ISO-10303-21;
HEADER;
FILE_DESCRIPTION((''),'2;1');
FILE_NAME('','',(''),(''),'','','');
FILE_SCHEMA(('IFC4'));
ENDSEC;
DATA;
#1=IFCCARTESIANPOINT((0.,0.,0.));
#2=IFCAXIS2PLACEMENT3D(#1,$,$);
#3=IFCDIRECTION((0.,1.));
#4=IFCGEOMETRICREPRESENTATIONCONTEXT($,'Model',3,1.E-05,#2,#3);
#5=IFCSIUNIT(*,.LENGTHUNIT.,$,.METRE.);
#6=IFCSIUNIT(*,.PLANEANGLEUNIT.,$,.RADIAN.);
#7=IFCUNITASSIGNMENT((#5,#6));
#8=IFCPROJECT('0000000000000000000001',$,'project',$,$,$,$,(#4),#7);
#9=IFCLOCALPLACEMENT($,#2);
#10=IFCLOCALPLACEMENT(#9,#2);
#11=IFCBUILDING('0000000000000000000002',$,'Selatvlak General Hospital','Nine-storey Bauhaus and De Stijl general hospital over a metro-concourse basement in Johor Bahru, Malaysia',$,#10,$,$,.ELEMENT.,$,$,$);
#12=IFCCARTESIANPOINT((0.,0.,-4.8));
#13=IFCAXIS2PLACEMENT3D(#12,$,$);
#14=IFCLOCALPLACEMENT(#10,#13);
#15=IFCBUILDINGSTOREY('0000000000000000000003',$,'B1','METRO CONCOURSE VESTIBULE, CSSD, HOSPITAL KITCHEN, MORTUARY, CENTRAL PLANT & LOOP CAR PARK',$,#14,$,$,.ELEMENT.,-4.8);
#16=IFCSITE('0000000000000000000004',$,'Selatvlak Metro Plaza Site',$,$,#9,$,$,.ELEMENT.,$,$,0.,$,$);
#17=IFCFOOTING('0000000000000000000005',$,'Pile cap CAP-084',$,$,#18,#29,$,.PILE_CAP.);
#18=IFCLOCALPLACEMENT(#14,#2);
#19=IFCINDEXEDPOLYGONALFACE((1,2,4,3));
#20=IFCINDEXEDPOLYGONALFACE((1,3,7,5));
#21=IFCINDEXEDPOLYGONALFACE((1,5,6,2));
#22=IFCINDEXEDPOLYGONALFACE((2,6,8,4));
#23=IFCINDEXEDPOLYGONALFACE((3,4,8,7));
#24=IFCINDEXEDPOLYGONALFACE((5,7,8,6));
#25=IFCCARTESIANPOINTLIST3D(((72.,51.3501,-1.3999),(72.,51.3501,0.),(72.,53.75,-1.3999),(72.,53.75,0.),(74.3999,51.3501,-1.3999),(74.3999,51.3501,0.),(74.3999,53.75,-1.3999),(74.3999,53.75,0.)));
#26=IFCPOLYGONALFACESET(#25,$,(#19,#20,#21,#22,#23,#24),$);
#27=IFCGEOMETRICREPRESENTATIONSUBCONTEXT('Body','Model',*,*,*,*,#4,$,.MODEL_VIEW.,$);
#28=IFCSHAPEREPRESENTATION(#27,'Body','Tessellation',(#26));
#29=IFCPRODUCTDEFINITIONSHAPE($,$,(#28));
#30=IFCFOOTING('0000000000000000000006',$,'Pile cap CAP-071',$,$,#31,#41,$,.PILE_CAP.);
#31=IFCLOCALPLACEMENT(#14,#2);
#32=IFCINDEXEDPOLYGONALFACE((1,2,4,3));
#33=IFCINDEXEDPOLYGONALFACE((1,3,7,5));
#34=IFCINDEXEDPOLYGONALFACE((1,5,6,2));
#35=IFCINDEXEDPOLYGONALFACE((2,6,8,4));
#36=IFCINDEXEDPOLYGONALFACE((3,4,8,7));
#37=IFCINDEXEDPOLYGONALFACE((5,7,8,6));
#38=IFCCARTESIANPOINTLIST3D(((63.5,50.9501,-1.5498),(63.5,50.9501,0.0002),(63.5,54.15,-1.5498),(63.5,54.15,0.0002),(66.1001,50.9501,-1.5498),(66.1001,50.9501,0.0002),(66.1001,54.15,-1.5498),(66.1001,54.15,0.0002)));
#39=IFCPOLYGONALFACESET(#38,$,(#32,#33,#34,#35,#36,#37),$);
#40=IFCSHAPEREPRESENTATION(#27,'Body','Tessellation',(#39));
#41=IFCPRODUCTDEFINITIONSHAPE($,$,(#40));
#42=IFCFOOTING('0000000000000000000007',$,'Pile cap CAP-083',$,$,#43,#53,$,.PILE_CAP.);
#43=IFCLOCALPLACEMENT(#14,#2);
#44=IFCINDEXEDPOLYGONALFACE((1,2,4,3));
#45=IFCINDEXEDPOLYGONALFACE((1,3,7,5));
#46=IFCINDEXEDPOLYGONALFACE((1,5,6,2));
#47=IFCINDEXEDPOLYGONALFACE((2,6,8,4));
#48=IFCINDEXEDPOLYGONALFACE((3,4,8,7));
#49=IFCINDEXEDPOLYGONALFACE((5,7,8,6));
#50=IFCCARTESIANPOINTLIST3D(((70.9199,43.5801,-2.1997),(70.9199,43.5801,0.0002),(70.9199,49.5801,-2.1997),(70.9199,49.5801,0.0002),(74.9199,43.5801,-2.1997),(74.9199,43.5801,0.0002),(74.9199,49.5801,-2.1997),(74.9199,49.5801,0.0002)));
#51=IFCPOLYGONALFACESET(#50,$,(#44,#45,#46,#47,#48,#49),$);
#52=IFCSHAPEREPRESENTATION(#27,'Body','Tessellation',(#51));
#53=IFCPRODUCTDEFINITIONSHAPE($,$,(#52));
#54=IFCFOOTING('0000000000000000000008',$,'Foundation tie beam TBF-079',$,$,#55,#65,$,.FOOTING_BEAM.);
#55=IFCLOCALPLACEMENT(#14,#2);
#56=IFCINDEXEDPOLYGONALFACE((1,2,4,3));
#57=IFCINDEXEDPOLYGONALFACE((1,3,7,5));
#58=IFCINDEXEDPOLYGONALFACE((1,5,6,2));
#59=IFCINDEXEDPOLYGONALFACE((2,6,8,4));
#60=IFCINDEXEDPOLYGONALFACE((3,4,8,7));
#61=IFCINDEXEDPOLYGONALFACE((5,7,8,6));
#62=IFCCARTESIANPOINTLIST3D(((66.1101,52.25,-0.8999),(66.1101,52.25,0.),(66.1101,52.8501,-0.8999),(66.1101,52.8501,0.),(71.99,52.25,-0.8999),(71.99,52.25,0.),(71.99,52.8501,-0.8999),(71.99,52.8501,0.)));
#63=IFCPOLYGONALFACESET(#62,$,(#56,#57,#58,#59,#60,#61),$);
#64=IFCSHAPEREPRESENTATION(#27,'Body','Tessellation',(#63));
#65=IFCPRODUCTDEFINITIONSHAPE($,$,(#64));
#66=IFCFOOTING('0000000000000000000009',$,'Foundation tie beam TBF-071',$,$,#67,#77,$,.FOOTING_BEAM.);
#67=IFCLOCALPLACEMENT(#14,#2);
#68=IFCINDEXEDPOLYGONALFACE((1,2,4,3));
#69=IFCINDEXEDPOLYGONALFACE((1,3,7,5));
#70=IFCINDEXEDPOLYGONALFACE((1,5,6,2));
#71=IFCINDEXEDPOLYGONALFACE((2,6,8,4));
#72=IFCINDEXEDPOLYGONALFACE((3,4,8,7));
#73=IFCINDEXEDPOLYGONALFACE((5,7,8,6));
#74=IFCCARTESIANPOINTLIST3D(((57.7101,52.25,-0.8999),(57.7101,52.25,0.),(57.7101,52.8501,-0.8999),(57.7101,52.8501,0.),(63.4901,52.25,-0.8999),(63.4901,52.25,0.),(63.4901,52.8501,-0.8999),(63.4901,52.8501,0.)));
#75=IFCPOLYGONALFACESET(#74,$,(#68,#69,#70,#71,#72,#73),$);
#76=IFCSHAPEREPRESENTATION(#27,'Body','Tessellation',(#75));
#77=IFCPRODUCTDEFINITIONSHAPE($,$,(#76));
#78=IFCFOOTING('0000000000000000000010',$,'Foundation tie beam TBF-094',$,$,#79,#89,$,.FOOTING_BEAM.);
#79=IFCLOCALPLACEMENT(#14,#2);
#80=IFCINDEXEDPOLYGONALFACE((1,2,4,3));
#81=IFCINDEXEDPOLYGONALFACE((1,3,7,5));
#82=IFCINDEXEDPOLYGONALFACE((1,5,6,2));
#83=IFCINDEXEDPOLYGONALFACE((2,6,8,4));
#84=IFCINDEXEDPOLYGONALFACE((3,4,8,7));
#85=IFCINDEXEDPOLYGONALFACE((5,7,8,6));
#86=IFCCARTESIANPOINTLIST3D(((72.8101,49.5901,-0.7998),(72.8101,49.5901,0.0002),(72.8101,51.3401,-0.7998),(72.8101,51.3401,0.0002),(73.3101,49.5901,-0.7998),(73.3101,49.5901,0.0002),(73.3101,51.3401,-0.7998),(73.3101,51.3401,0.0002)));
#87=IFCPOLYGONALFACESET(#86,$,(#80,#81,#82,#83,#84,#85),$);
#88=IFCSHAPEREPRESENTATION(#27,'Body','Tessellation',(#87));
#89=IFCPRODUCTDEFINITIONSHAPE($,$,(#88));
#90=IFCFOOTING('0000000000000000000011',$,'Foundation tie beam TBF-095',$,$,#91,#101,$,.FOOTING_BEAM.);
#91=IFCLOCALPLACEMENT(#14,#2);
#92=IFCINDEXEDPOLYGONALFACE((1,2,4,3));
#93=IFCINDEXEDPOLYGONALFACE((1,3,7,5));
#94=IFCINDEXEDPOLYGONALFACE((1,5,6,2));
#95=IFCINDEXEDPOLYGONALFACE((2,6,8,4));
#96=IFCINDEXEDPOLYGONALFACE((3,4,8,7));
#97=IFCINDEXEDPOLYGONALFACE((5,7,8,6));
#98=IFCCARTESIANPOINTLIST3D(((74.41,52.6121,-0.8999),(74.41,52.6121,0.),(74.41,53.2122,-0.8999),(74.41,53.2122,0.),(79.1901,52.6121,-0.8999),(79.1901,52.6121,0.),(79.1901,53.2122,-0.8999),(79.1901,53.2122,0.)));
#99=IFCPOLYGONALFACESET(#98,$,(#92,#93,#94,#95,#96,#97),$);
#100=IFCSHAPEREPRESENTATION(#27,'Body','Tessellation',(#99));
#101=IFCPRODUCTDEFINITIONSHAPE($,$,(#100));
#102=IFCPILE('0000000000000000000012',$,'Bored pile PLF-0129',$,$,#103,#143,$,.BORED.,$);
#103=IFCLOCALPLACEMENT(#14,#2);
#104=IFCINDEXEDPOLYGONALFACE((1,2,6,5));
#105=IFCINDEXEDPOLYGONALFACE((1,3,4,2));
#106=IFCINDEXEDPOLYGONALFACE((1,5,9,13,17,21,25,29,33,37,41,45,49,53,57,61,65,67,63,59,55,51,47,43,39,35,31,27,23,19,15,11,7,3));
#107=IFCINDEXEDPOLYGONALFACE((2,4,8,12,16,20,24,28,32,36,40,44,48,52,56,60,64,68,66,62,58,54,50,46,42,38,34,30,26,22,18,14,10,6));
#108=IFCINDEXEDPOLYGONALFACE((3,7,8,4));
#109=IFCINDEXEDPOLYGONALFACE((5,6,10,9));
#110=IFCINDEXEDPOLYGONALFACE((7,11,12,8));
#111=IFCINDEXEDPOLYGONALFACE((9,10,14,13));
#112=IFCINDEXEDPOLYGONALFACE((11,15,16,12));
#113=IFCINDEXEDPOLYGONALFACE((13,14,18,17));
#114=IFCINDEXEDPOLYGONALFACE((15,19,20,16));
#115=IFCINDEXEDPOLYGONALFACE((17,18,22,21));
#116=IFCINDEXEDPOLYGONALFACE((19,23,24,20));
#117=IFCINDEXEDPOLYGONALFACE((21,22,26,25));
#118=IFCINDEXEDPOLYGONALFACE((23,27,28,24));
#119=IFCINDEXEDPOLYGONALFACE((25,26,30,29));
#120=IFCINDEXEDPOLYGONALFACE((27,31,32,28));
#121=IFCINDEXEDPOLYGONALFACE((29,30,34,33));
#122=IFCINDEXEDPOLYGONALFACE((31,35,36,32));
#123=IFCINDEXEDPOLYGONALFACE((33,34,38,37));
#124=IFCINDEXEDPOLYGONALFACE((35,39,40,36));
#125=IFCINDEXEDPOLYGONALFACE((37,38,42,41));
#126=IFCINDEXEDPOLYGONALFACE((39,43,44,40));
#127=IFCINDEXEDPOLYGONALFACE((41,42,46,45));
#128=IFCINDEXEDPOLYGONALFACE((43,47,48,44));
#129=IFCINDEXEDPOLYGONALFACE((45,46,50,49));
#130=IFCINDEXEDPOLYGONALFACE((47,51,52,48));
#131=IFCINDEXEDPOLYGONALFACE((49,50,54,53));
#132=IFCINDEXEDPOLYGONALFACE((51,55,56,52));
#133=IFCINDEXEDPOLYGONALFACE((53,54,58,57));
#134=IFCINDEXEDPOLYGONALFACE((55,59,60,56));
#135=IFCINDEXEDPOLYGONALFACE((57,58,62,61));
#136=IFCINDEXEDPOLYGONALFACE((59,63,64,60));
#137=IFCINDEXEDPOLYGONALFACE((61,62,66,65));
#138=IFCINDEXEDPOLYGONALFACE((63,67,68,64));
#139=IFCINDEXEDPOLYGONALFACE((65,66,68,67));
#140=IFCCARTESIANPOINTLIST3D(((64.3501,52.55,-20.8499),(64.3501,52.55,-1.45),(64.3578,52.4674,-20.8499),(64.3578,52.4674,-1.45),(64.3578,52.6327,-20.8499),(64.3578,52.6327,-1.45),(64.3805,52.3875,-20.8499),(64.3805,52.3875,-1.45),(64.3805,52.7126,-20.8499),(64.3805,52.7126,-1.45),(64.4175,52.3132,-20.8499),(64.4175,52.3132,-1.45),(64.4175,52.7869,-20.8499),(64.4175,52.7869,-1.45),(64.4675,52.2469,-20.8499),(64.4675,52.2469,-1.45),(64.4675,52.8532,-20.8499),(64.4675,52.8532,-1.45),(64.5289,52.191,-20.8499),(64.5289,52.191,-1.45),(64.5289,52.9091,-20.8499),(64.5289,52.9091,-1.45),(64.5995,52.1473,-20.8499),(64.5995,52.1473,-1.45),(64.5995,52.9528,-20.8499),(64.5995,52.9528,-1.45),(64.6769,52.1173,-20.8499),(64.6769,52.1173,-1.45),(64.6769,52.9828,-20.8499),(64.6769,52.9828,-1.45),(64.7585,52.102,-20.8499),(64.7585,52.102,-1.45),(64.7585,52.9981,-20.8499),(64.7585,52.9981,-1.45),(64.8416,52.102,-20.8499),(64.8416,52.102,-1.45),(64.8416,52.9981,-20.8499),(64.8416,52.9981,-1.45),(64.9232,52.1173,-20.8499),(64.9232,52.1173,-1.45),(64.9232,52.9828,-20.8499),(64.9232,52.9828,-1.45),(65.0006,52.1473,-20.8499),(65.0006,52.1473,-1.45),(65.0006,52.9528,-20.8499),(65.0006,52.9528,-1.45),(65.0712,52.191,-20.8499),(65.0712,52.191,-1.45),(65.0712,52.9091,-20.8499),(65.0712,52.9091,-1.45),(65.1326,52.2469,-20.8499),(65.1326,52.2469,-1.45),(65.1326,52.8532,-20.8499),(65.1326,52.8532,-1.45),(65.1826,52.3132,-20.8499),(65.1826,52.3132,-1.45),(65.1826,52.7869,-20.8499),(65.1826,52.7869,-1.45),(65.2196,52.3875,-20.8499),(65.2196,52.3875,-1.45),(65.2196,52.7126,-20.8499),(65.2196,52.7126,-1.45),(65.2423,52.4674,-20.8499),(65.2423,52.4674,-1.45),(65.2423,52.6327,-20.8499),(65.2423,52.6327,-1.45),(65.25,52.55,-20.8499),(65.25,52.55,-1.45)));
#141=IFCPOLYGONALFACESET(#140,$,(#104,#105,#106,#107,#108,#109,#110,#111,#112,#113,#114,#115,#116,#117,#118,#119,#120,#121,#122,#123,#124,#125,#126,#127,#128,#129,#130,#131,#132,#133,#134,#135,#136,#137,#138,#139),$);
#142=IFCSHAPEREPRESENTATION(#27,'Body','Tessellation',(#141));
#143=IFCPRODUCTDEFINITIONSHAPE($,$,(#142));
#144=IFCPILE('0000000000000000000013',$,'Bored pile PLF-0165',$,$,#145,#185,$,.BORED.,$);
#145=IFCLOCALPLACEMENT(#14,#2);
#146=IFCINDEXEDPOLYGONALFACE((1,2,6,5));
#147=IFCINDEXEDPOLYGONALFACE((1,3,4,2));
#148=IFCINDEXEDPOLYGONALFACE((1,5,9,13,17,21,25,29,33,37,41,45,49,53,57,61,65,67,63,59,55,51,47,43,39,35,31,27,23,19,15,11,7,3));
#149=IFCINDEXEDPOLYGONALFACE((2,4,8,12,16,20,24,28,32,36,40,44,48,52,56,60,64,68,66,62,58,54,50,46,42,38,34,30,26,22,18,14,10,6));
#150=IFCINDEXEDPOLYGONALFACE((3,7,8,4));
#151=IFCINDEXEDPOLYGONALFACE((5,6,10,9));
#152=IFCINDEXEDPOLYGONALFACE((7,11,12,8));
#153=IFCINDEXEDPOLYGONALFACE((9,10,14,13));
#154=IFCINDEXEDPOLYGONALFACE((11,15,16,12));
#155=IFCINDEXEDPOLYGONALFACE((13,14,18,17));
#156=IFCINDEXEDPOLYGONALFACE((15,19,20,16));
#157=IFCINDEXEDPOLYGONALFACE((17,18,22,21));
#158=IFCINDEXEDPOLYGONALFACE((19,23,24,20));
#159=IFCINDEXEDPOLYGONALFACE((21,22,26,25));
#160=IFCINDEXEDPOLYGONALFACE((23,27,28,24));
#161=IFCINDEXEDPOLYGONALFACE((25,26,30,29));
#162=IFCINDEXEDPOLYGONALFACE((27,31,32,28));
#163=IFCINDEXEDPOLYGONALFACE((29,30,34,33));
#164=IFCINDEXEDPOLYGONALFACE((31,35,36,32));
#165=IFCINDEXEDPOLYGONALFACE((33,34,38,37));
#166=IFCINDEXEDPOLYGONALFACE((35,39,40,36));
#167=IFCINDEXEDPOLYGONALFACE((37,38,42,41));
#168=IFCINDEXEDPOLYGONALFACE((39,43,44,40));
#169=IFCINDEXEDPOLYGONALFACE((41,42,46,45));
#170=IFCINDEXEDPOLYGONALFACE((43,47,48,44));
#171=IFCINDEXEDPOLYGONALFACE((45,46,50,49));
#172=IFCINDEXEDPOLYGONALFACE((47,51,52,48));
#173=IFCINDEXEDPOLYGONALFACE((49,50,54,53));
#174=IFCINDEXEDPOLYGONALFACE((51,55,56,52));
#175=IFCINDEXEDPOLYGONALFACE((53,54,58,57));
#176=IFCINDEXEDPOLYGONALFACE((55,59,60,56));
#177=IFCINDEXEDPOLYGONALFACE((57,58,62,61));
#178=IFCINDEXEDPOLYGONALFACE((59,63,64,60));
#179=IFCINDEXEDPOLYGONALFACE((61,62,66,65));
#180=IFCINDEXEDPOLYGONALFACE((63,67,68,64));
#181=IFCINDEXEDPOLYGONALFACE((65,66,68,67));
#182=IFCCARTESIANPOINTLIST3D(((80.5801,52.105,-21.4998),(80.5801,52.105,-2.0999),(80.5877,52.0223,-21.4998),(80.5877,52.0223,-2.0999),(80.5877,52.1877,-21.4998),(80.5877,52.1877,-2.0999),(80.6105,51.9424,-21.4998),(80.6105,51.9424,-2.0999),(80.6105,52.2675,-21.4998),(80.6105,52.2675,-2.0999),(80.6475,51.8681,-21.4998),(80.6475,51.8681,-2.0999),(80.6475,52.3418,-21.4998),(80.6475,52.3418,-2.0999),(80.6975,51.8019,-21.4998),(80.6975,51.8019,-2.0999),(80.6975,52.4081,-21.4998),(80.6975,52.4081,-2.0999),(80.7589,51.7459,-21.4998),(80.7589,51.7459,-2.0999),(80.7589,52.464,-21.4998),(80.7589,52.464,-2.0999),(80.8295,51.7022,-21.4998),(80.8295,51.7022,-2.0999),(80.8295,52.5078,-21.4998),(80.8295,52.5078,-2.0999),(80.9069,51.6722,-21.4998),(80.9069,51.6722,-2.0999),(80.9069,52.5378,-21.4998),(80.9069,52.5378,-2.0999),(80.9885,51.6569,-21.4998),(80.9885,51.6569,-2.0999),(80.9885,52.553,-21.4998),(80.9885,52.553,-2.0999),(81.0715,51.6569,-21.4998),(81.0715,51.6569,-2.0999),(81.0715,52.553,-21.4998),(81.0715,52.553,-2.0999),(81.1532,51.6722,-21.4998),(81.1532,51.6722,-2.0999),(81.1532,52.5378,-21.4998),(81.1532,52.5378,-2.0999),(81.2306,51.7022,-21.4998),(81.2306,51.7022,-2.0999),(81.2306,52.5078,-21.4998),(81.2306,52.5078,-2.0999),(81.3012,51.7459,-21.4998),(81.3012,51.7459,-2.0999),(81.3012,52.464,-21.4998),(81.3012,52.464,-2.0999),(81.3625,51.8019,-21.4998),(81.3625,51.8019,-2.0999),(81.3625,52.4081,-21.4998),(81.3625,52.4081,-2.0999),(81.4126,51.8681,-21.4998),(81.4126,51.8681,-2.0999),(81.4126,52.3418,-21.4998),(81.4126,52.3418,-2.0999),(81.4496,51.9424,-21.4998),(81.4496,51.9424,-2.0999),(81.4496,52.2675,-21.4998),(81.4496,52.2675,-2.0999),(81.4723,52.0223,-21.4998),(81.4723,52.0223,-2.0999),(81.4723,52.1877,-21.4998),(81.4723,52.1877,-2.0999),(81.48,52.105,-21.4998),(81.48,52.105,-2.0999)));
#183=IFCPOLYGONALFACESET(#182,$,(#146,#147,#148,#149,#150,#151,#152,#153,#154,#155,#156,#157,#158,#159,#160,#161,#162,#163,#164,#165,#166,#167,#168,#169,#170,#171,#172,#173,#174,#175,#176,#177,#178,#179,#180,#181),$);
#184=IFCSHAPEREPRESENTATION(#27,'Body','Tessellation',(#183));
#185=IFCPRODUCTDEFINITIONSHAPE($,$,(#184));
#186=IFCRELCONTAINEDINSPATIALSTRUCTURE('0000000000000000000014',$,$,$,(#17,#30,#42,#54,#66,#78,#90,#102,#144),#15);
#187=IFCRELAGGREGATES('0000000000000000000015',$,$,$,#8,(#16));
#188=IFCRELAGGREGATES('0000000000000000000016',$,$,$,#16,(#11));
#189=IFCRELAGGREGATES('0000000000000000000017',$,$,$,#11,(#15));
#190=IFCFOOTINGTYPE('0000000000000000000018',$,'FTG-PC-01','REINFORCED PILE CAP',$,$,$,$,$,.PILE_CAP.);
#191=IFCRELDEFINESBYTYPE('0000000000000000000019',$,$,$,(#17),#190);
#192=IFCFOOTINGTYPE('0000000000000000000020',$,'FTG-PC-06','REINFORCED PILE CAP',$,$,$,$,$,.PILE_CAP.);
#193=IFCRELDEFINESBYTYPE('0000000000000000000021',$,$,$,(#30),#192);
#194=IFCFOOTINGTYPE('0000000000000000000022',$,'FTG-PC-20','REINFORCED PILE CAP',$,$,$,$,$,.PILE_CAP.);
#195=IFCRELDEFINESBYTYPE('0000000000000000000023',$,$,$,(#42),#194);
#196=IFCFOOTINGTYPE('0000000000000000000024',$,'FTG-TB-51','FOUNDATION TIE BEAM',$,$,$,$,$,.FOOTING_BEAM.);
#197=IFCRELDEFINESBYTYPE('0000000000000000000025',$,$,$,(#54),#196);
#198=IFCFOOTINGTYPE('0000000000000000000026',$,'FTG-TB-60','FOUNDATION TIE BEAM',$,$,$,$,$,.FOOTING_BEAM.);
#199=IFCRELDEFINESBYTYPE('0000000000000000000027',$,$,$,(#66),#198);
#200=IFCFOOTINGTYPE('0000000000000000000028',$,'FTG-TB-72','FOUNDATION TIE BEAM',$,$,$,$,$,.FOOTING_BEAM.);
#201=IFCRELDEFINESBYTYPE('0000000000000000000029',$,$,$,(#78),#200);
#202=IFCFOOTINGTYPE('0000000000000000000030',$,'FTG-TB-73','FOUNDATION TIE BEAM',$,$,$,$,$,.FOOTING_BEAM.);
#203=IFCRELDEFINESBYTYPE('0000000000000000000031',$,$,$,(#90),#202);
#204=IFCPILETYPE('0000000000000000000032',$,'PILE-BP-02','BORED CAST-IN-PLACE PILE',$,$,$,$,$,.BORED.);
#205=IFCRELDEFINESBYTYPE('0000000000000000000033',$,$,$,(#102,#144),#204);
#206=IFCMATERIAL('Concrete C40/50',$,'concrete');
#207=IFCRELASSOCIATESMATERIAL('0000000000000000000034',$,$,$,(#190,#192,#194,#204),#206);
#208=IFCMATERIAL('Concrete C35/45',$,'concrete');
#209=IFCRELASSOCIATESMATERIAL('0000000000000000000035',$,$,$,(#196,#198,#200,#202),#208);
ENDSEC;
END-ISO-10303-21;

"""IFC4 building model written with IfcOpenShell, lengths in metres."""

from ifc_helpers import new_model, si_unit, direction, frame, origin, origin_2d, place, context, subcontext, project, spatial, rectangle, circle, extrude, material, material_profile, profile_set, type_object, element, save


model = new_model("IFC4")

# Units and contexts
model_context = context("Model", 3, precision=1e-05, world=origin(), true_north=direction((0.0, 1.0)))
body_context = subcontext(model_context, "Body", "Model", "MODEL_VIEW")
ifc_project = project(units=[si_unit("LENGTHUNIT", "METRE"), si_unit("PLANEANGLEUNIT", "RADIAN")], contexts=[model_context])

# Site, building, storey
site_placement = place(None, origin())
site = spatial("IfcSite", under=ifc_project, at=site_placement, Name="Selatvlak Metro Plaza Site", CompositionType="ELEMENT", RefElevation=0.0)
building_placement = place(site_placement, origin())
building = spatial("IfcBuilding", under=site, at=building_placement, Name="Selatvlak General Hospital", Description="Nine-storey Bauhaus and De Stijl general hospital over a metro-concourse basement in Johor Bahru, Malaysia", CompositionType="ELEMENT")
storey_placement = place(building_placement, frame((0.0, 0.0, -4.8)))
storey = spatial("IfcBuildingStorey", under=building, at=storey_placement, Name="B1", Description="METRO CONCOURSE VESTIBULE, CSSD, HOSPITAL KITCHEN, MORTUARY, CENTRAL PLANT & LOOP CAR PARK", CompositionType="ELEMENT", Elevation=-4.8)

# Footings
ifc_material_1 = material(Name="Concrete C40/50", Category="concrete")
footing_type_1 = type_object("IfcFootingType", Name="FTG-PC-01", Description="REINFORCED PILE CAP", PredefinedType="PILE_CAP", material=ifc_material_1)
footing_1_placement = place(storey_placement, frame((73.2, 52.55, -1.3999), z_axis=(0.0, 0.0, 1.0), x_axis=(1.0, 0.0, 0.0)))
element("IfcFooting", 1, at=footing_1_placement, inside=storey, type_object=footing_type_1, Name="Pile cap CAP-084", PredefinedType="PILE_CAP", context=body_context, shape_type="SweptSolid", body=[
    extrude(rectangle(XDim=2.3999, YDim=2.3999, at=origin_2d()), origin(), (0.0, 0.0, 1.0), 1.3999),
])
footing_type_2 = type_object("IfcFootingType", Name="FTG-PC-06", Description="REINFORCED PILE CAP", PredefinedType="PILE_CAP", material=ifc_material_1)
footing_2_placement = place(storey_placement, frame((64.8, 52.55, -1.5498), z_axis=(0.0, 0.0, 1.0), x_axis=(1.0, 0.0, 0.0)))
element("IfcFooting", 2, at=footing_2_placement, inside=storey, type_object=footing_type_2, Name="Pile cap CAP-071", PredefinedType="PILE_CAP", context=body_context, shape_type="SweptSolid", body=[
    extrude(rectangle(XDim=2.6001, YDim=3.2, at=origin_2d()), origin(), (0.0, 0.0, 1.0), 1.55),
])
footing_type_3 = type_object("IfcFootingType", Name="FTG-PC-20", Description="REINFORCED PILE CAP", PredefinedType="PILE_CAP", material=ifc_material_1)
footing_3_placement = place(storey_placement, frame((72.9199, 46.5801, -2.1997), z_axis=(0.0, 0.0, 1.0), x_axis=(1.0, 0.0, 0.0)))
element("IfcFooting", 3, at=footing_3_placement, inside=storey, type_object=footing_type_3, Name="Pile cap CAP-083", PredefinedType="PILE_CAP", context=body_context, shape_type="SweptSolid", body=[
    extrude(rectangle(XDim=4.0, YDim=6.0, at=origin_2d()), origin(), (0.0, 0.0, 1.0), 2.2),
])
ifc_material_2 = material(Name="Concrete C35/45", Category="concrete")
footing_type_4 = type_object("IfcFootingType", Name="FTG-TB-51", Description="FOUNDATION TIE BEAM", PredefinedType="FOOTING_BEAM", material=ifc_material_2)
footing_4_placement = place(storey_placement, frame((69.05, 52.55, -0.8999), z_axis=(0.0, 0.0, 1.0), x_axis=(1.0, 0.0, 0.0)))
element("IfcFooting", 4, at=footing_4_placement, inside=storey, type_object=footing_type_4, Name="Foundation tie beam TBF-079", PredefinedType="FOOTING_BEAM", context=body_context, shape_type="SweptSolid", body=[
    extrude(rectangle(XDim=5.8799, YDim=0.6001, at=origin_2d()), origin(), (0.0, 0.0, 1.0), 0.8999),
])
footing_type_5 = type_object("IfcFootingType", Name="FTG-TB-60", Description="FOUNDATION TIE BEAM", PredefinedType="FOOTING_BEAM", material=ifc_material_2)
footing_5_placement = place(storey_placement, frame((60.6001, 52.55, -0.8999), z_axis=(0.0, 0.0, 1.0), x_axis=(1.0, 0.0, 0.0)))
element("IfcFooting", 5, at=footing_5_placement, inside=storey, type_object=footing_type_5, Name="Foundation tie beam TBF-071", PredefinedType="FOOTING_BEAM", context=body_context, shape_type="SweptSolid", body=[
    extrude(rectangle(XDim=5.78, YDim=0.6001, at=origin_2d()), origin(), (0.0, 0.0, 1.0), 0.8999),
])
footing_type_6 = type_object("IfcFootingType", Name="FTG-TB-72", Description="FOUNDATION TIE BEAM", PredefinedType="FOOTING_BEAM", material=ifc_material_2)
footing_6_placement = place(storey_placement, frame((73.0601, 50.4651, -0.7998), z_axis=(0.0, 0.0, 1.0), x_axis=(0.0, 1.0, 0.0)))
element("IfcFooting", 6, at=footing_6_placement, inside=storey, type_object=footing_type_6, Name="Foundation tie beam TBF-094", PredefinedType="FOOTING_BEAM", context=body_context, shape_type="SweptSolid", body=[
    extrude(rectangle(XDim=1.75, YDim=0.5, at=origin_2d()), origin(), (0.0, 0.0, 1.0), 0.8),
])
footing_type_7 = type_object("IfcFootingType", Name="FTG-TB-73", Description="FOUNDATION TIE BEAM", PredefinedType="FOOTING_BEAM", material=ifc_material_2)
footing_7_placement = place(storey_placement, frame((76.8, 52.9121, -0.8999), z_axis=(0.0, 0.0, 1.0), x_axis=(1.0, 0.0, 0.0)))
element("IfcFooting", 7, at=footing_7_placement, inside=storey, type_object=footing_type_7, Name="Foundation tie beam TBF-095", PredefinedType="FOOTING_BEAM", context=body_context, shape_type="SweptSolid", body=[
    extrude(rectangle(XDim=4.78, YDim=0.6001, at=origin_2d()), origin(), (0.0, 0.0, 1.0), 0.8999),
])

# Piles
ifc_material_profile_1 = material_profile(ifc_material_1, circle(Radius=0.45, at=origin_2d()), Name="BORED PILE 900")
ifc_profile_set_1 = profile_set([ifc_material_profile_1], Name="Concrete C40/50")
pile_type_1 = type_object("IfcPileType", Name="PILE-BP-02", Description="BORED CAST-IN-PLACE PILE", PredefinedType="BORED", material=ifc_profile_set_1)
for number, where, z_axis, x_axis, name in (
    (8, (64.8, 52.55, -1.45), (0.0, 0.0, -1.0), (1.0, 0.0, 0.0), "Bored pile PLF-0129"),
    (9, (81.03, 52.105, -2.0999), (0.0, 0.0, -1.0), (1.0, 0.0, 0.0), "Bored pile PLF-0165"),
):
    element("IfcPile", number, at=place(storey_placement, frame(where, z_axis=z_axis, x_axis=x_axis)), inside=storey, type_object=pile_type_1, Name=name, PredefinedType="BORED", context=body_context, shape_type="SweptSolid", body=[
        extrude(circle(Radius=0.45, at=origin_2d()), origin(), (0.0, 0.0, 1.0), 19.3999),
    ])

save(model, "model.ifc")
